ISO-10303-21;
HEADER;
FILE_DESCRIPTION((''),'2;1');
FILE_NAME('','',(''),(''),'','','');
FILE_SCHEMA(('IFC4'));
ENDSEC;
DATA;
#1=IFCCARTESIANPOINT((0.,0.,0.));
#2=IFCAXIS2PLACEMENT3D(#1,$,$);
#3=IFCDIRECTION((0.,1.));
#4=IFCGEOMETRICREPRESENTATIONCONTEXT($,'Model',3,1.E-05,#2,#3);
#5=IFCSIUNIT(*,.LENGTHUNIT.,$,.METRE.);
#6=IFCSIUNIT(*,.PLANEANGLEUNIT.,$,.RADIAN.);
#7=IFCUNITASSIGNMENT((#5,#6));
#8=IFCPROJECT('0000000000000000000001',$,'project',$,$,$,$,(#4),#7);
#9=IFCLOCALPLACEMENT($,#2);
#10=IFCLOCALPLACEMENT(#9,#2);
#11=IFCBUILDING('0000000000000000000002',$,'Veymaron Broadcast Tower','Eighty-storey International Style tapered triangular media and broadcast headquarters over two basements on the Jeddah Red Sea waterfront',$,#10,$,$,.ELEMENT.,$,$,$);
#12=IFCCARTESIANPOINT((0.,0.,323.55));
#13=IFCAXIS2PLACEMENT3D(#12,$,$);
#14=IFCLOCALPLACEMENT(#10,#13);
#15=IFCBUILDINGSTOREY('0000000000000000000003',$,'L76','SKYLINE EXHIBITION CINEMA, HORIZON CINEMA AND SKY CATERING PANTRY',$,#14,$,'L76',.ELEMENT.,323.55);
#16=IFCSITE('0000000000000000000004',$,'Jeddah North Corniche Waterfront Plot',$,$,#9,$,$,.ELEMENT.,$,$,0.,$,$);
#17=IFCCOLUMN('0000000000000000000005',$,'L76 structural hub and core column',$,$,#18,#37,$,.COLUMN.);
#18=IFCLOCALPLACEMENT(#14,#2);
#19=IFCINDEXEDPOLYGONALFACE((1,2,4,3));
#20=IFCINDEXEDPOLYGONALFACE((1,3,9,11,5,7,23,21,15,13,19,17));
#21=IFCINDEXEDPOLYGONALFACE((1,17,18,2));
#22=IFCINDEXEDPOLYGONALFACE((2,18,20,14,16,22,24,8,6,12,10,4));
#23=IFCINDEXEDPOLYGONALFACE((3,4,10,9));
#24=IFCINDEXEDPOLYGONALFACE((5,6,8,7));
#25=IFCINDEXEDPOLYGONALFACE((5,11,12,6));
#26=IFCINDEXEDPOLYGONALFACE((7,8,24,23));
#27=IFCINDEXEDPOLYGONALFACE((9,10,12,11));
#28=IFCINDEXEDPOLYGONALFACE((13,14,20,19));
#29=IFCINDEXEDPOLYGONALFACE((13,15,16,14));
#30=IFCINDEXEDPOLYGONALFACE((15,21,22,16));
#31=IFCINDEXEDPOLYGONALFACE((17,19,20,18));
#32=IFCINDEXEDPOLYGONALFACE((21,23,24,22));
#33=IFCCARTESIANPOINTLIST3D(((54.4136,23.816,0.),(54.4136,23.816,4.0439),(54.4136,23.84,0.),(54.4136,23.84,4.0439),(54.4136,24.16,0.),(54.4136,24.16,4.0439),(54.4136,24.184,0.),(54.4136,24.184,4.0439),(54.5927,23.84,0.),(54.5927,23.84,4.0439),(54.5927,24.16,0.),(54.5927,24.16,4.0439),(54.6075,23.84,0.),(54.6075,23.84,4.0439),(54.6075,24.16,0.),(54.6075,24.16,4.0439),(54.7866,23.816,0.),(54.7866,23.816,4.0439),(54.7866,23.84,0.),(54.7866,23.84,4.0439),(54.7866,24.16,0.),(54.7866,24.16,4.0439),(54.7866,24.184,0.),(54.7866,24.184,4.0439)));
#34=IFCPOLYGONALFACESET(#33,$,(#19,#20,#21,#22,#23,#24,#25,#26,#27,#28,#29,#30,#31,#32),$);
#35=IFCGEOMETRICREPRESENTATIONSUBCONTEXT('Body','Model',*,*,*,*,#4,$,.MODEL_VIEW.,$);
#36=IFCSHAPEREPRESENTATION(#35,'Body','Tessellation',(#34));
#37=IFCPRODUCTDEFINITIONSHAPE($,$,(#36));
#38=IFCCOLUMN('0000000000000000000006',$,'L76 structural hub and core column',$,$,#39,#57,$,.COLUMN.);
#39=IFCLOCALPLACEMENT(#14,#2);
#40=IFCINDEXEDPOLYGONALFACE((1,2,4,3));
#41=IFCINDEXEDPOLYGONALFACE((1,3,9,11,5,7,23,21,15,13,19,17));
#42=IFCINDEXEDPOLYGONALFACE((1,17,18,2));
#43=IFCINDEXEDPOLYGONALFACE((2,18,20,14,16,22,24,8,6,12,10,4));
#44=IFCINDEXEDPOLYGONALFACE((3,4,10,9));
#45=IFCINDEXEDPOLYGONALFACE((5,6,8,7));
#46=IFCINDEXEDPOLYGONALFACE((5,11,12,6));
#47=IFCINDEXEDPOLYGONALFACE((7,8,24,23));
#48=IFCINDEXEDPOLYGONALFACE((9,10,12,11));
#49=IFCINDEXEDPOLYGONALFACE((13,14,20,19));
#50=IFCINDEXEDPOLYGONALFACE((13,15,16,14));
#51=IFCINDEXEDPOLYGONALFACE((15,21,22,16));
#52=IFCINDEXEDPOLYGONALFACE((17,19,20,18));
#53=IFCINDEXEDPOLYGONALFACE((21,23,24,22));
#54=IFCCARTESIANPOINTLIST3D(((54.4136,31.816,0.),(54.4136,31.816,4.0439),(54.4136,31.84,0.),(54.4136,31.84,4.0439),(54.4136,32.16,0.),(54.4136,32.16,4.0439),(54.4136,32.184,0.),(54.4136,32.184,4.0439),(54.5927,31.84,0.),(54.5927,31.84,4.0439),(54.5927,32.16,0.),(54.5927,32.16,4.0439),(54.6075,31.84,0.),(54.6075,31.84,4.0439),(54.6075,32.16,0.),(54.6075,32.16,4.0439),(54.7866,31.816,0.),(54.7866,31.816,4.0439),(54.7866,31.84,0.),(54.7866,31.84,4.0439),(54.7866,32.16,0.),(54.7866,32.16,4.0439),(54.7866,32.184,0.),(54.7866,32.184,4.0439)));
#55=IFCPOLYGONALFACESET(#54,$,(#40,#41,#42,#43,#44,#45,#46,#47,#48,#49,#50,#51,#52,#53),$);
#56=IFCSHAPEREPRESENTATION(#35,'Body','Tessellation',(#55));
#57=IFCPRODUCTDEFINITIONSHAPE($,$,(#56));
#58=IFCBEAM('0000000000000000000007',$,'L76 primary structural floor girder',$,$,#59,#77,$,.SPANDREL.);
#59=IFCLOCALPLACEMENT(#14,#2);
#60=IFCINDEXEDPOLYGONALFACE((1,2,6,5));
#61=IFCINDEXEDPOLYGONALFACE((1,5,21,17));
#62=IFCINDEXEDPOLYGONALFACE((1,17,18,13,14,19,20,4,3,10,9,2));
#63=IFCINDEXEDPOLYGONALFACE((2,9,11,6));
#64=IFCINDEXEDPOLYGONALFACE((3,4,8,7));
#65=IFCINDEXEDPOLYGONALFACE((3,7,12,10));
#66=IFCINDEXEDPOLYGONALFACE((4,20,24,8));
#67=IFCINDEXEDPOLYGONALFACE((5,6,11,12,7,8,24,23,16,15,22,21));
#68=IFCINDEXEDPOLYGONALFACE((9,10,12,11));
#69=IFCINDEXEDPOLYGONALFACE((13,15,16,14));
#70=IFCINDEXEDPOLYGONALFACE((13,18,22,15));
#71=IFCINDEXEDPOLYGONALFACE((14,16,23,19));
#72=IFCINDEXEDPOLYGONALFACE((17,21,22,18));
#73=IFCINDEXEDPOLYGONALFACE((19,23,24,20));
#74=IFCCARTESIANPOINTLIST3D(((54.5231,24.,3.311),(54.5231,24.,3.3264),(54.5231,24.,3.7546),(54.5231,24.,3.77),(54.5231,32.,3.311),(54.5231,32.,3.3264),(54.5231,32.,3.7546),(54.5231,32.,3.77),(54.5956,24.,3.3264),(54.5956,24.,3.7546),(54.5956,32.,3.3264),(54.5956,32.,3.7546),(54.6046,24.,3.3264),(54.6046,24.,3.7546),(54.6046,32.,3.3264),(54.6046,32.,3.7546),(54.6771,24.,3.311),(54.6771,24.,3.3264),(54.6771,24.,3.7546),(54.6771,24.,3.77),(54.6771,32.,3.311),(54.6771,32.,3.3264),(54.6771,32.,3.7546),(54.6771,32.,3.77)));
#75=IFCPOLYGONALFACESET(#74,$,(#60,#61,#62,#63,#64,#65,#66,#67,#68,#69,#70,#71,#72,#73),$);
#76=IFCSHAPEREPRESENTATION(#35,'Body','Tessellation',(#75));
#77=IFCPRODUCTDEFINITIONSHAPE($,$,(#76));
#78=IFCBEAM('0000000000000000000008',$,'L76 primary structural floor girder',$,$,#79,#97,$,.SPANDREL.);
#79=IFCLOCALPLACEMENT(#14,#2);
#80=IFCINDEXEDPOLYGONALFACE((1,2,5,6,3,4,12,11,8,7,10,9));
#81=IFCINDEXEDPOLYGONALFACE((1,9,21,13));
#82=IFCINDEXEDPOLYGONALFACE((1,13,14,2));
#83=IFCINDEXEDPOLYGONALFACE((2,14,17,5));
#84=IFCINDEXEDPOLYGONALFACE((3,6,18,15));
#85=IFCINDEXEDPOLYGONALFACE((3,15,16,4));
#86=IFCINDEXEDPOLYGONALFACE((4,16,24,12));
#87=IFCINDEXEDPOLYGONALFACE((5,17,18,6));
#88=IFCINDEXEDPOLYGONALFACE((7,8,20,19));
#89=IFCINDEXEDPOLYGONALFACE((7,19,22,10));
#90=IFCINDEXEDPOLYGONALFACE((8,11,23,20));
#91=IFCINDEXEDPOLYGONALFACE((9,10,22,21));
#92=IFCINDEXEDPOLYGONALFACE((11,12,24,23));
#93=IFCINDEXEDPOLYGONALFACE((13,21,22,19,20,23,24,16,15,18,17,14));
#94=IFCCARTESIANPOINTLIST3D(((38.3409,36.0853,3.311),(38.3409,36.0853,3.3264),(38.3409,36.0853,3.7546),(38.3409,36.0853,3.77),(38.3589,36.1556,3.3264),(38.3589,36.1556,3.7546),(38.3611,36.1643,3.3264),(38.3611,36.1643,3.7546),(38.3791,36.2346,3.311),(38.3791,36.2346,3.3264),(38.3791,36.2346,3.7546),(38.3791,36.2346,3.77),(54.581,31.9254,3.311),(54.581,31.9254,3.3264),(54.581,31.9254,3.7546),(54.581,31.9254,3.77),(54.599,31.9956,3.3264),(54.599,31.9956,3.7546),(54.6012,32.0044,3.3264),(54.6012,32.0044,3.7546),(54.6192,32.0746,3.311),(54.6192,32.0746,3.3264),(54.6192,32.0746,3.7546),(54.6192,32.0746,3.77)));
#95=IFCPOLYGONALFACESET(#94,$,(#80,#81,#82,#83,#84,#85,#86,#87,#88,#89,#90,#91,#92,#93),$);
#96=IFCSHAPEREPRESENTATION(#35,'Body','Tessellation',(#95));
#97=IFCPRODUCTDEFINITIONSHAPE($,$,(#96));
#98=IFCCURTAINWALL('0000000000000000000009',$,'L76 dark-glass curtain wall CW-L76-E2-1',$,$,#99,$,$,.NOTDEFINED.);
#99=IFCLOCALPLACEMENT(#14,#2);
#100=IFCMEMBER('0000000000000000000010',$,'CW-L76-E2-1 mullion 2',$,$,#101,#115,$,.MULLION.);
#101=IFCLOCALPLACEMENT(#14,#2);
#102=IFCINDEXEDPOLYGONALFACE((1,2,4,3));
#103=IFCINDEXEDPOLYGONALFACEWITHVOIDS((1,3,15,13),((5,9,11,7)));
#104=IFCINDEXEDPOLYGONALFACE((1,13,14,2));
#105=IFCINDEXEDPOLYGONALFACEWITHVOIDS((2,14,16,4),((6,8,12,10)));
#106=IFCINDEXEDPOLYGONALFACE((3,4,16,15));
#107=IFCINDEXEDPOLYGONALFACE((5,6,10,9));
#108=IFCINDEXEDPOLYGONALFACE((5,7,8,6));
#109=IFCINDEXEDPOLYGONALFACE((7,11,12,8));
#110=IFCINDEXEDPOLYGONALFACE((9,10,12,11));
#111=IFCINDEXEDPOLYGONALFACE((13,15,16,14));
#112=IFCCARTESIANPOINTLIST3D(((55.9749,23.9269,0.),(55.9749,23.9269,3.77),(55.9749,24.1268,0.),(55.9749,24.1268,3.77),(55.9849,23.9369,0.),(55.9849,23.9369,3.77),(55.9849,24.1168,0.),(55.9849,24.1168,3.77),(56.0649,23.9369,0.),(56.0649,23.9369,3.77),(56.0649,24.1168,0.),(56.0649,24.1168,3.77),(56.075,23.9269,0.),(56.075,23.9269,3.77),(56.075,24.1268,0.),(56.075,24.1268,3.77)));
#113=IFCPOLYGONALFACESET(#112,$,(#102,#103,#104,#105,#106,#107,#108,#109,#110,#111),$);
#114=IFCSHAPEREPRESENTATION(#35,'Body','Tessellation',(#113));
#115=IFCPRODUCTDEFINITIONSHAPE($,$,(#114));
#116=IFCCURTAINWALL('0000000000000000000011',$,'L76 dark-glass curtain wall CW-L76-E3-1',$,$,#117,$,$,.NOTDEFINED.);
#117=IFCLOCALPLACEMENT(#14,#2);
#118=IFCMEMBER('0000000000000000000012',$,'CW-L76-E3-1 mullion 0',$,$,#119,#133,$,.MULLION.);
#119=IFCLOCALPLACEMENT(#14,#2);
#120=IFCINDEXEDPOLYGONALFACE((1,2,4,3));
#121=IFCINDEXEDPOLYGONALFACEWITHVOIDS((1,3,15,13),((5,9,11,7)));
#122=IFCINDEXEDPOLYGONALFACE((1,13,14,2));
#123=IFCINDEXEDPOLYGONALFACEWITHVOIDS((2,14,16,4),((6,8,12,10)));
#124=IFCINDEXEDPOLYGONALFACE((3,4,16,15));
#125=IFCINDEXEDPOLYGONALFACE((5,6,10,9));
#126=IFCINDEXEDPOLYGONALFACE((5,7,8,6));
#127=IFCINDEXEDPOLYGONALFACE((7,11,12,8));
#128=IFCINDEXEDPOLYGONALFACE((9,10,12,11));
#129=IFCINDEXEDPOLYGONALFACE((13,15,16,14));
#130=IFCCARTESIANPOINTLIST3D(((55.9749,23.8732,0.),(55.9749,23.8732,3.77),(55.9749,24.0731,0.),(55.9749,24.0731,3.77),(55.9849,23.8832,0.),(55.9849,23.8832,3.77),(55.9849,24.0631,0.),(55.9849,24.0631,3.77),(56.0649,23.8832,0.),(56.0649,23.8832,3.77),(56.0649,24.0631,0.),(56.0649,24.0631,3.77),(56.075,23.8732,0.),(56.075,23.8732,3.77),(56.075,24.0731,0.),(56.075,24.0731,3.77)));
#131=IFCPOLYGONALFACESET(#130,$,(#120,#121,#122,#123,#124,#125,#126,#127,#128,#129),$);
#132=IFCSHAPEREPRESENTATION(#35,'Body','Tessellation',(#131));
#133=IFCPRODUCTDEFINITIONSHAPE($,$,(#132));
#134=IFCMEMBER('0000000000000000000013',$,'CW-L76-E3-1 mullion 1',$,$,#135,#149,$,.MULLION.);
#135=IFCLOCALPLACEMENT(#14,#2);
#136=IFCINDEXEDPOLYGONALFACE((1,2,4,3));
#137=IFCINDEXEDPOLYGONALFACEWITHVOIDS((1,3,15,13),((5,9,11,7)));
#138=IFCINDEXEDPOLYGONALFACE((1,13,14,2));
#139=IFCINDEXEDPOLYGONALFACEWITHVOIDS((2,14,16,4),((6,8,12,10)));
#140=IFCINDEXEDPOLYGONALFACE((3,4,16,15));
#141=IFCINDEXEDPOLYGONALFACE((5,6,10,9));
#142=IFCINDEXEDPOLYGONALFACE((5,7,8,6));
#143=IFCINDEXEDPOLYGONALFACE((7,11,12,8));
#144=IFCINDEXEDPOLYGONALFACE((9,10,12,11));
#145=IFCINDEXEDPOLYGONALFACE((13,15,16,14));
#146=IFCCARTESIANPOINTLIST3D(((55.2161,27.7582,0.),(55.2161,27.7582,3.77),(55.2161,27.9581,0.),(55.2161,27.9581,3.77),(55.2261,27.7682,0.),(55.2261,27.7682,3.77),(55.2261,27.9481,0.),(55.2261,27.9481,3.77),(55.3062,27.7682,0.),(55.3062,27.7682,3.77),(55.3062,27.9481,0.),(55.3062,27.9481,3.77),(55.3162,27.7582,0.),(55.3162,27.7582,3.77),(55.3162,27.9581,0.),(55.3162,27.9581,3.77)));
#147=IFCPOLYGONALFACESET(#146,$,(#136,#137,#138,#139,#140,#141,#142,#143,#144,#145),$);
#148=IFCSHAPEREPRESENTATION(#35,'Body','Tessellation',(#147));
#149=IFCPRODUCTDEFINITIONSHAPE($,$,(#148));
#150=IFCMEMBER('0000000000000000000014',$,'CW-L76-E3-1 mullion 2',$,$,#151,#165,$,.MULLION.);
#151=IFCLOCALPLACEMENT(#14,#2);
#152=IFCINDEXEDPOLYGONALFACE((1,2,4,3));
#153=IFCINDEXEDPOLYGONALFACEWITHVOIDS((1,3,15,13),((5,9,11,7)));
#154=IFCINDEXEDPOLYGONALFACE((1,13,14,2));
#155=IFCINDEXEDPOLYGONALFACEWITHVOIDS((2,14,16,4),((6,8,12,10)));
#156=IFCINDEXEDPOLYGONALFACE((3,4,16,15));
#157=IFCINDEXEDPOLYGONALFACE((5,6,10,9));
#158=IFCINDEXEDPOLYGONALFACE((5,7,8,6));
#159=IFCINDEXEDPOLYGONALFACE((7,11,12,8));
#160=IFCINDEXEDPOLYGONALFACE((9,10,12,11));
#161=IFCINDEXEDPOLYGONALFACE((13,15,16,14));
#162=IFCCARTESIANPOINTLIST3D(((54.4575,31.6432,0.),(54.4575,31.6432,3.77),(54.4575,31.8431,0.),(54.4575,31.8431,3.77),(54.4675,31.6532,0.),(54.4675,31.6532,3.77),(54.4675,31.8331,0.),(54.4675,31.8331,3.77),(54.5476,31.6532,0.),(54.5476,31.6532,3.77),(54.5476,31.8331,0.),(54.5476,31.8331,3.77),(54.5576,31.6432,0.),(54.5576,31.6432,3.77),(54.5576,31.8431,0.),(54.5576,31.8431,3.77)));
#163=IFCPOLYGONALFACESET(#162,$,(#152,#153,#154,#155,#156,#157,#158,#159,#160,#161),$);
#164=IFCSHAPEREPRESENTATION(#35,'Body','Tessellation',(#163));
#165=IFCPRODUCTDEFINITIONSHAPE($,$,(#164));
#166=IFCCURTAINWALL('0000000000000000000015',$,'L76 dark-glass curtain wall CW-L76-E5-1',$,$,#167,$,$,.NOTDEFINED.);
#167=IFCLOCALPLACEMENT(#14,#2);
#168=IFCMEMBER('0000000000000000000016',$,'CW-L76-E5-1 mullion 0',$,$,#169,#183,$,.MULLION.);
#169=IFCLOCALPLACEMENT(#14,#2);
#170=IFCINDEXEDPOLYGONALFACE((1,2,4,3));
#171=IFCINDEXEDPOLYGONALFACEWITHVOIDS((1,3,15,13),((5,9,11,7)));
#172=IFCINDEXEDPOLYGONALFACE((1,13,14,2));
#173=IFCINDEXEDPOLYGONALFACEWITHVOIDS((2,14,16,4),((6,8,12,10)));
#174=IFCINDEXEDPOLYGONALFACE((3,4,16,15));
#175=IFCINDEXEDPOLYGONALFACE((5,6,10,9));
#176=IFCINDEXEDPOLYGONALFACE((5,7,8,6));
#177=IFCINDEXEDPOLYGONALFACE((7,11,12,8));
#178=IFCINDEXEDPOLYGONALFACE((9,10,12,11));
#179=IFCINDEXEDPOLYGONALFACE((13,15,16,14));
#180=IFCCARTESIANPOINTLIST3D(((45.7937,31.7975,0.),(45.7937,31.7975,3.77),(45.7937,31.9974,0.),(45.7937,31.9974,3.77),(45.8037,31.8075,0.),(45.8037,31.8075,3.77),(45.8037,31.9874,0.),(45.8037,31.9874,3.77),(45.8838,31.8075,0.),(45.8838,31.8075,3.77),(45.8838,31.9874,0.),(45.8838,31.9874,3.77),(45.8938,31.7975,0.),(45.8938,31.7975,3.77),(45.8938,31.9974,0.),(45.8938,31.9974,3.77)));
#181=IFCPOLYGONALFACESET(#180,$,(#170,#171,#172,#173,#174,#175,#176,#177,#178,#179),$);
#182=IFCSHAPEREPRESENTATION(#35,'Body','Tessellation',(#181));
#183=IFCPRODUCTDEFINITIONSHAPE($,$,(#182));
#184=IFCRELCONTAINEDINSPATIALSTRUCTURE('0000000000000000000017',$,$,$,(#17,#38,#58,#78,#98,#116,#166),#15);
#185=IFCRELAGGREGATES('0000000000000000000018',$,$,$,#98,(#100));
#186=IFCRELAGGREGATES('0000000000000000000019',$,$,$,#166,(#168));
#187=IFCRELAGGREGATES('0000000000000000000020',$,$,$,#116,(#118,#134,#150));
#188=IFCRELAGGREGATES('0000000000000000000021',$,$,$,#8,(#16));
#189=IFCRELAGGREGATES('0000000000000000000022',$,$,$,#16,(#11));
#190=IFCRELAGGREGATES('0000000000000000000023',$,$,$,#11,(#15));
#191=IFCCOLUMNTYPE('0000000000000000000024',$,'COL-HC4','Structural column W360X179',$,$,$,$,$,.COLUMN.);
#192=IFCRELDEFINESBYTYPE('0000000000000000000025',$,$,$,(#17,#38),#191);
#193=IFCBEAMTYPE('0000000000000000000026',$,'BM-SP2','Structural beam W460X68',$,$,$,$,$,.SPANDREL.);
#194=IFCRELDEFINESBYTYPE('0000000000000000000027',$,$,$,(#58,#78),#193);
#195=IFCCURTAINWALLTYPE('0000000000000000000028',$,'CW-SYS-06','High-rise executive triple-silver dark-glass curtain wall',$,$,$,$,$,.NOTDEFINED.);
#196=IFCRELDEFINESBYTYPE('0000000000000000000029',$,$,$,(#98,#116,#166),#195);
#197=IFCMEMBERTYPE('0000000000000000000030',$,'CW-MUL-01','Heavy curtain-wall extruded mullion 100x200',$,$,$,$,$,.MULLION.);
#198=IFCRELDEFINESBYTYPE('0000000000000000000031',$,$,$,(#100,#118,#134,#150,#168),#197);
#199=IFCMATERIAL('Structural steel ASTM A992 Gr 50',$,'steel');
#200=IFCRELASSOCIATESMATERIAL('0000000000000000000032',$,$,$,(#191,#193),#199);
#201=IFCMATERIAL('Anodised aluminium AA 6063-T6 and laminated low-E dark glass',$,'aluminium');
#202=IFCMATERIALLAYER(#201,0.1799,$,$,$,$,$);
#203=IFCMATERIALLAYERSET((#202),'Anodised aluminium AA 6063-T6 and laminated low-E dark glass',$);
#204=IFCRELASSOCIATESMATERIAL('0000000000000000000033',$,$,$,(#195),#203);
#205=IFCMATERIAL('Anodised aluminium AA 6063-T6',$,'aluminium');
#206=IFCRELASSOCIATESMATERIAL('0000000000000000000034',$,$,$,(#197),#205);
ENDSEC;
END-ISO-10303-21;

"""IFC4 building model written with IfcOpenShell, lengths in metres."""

from ifc_helpers import new_model, si_unit, direction, frame, origin, origin_2d, place, context, subcontext, project, spatial, hollow_rectangle, i_section, extrude, material, layer, layer_set, material_profile, profile_set, type_object, element, aggregate, save


model = new_model("IFC4")

# Units and contexts
model_context = context("Model", 3, precision=1e-05, world=origin(), true_north=direction((0.0, 1.0)))
body_context = subcontext(model_context, "Body", "Model", "MODEL_VIEW")
ifc_project = project(units=[si_unit("LENGTHUNIT", "METRE"), si_unit("PLANEANGLEUNIT", "RADIAN")], contexts=[model_context])

# Site, building, storey
site_placement = place(None, origin())
site = spatial("IfcSite", under=ifc_project, at=site_placement, Name="Jeddah North Corniche Waterfront Plot", CompositionType="ELEMENT", RefElevation=0.0)
building_placement = place(site_placement, origin())
building = spatial("IfcBuilding", under=site, at=building_placement, Name="Veymaron Broadcast Tower", Description="Eighty-storey International Style tapered triangular media and broadcast headquarters over two basements on the Jeddah Red Sea waterfront", CompositionType="ELEMENT")
storey_placement = place(building_placement, frame((0.0, 0.0, 323.55)))
storey = spatial("IfcBuildingStorey", under=building, at=storey_placement, Name="L76", Description="SKYLINE EXHIBITION CINEMA, HORIZON CINEMA AND SKY CATERING PANTRY", LongName="L76", CompositionType="ELEMENT", Elevation=323.55)

# Columns
ifc_material_1 = material(Name="Structural steel ASTM A992 Gr 50", Category="steel")
ifc_material_profile_1 = material_profile(ifc_material_1, i_section(OverallWidth=0.373, OverallDepth=0.3679, WebThickness=0.0149, FlangeThickness=0.0239, at=origin_2d()), Name="W360X179")
ifc_profile_set_1 = profile_set([ifc_material_profile_1], Name="Structural steel ASTM A992 Gr 50")
column_type = type_object("IfcColumnType", Name="COL-HC4", Description="Structural column W360X179", PredefinedType="COLUMN", material=ifc_profile_set_1)
for number, where, z_axis, x_axis, name in (
    (1, (54.6001, 24.0, 0.0), (0.0, 0.0, 1.0), (1.0, 0.0, 0.0), "L76 structural hub and core column"),
    (2, (54.6001, 32.0, 0.0), (0.0, 0.0, 1.0), (1.0, 0.0, 0.0), "L76 structural hub and core column"),
):
    element("IfcColumn", number, at=place(storey_placement, frame(where, z_axis=z_axis, x_axis=x_axis)), inside=storey, type_object=column_type, Name=name, PredefinedType="COLUMN", context=body_context, shape_type="SweptSolid", body=[
        extrude(i_section(OverallWidth=0.373, OverallDepth=0.3679, WebThickness=0.0149, FlangeThickness=0.0239, at=origin_2d()), origin(), (0.0, 0.0, 1.0), 4.0439),
    ])

# Beams
ifc_material_profile_2 = material_profile(ifc_material_1, i_section(OverallWidth=0.1541, OverallDepth=0.459, WebThickness=0.009, FlangeThickness=0.0154, at=origin_2d()), Name="W460X68")
ifc_profile_set_2 = profile_set([ifc_material_profile_2], Name="Structural steel ASTM A992 Gr 50")
beam_type = type_object("IfcBeamType", Name="BM-SP2", Description="Structural beam W460X68", PredefinedType="SPANDREL", material=ifc_profile_set_2)
beam_1_placement = place(storey_placement, frame((54.6001, 24.0, 3.5405), z_axis=(0.0, 1.0, 0.0), x_axis=(-1.0, 0.0, 0.0)))
element("IfcBeam", 3, at=beam_1_placement, inside=storey, type_object=beam_type, Name="L76 primary structural floor girder", PredefinedType="SPANDREL", context=body_context, shape_type="SweptSolid", body=[
    extrude(i_section(OverallWidth=0.1541, OverallDepth=0.459, WebThickness=0.009, FlangeThickness=0.0154, at=origin_2d()), origin(), (0.0, 0.0, 1.0), 8.0),
])
beam_2_placement = place(storey_placement, frame((54.6001, 32.0, 3.5405), z_axis=(-0.968724, 0.248141, 0.0), x_axis=(-0.248141, -0.968724, 0.0)))
element("IfcBeam", 4, at=beam_2_placement, inside=storey, type_object=beam_type, Name="L76 primary structural floor girder", PredefinedType="SPANDREL", context=body_context, shape_type="SweptSolid", body=[
    extrude(i_section(OverallWidth=0.1541, OverallDepth=0.459, WebThickness=0.009, FlangeThickness=0.0154, at=origin_2d()), origin(), (0.0, 0.0, 1.0), 16.7644),
])

# Curtain wall, member
ifc_material_2 = material(Name="Anodised aluminium AA 6063-T6 and laminated low-E dark glass", Category="aluminium")
ifc_layer_1 = layer(ifc_material_2, 0.1799)
ifc_layer_set_1 = layer_set([ifc_layer_1], Name="Anodised aluminium AA 6063-T6 and laminated low-E dark glass")
curtain_wall_type = type_object("IfcCurtainWallType", Name="CW-SYS-06", Description="High-rise executive triple-silver dark-glass curtain wall", PredefinedType="NOTDEFINED", material=ifc_layer_set_1)
curtain_wall_1_placement = place(storey_placement, origin())
curtain_wall_1 = element("IfcCurtainWall", 5, at=curtain_wall_1_placement, inside=storey, type_object=curtain_wall_type, Name="L76 dark-glass curtain wall CW-L76-E2-1", PredefinedType="NOTDEFINED")
ifc_material_3 = material(Name="Anodised aluminium AA 6063-T6", Category="aluminium")
ifc_material_profile_3 = material_profile(ifc_material_3, hollow_rectangle(XDim=0.1001, YDim=0.2, WallThickness=0.01, at=origin_2d()), Name="RHS200X100X10")
ifc_profile_set_3 = profile_set([ifc_material_profile_3], Name="Anodised aluminium AA 6063-T6")
member_type_1 = type_object("IfcMemberType", Name="CW-MUL-01", Description="Heavy curtain-wall extruded mullion 100x200", PredefinedType="MULLION", material=ifc_profile_set_3)
member_1_placement = place(storey_placement, frame((56.0249, 24.0269, 0.0), z_axis=(0.0, 0.0, 1.0), x_axis=(1.0, 0.0, 0.0)))
member_1 = element("IfcMember", 6, at=member_1_placement, type_object=member_type_1, Name="CW-L76-E2-1 mullion 2", PredefinedType="MULLION", context=body_context, shape_type="SweptSolid", body=[
    extrude(hollow_rectangle(XDim=0.1001, YDim=0.2, WallThickness=0.01, at=origin_2d()), origin(), (0.0, 0.0, 1.0), 3.77),
])
aggregate(curtain_wall_1, [member_1])

# Curtain wall, members
curtain_wall_2_placement = place(storey_placement, origin())
curtain_wall_2 = element("IfcCurtainWall", 7, at=curtain_wall_2_placement, inside=storey, type_object=curtain_wall_type, Name="L76 dark-glass curtain wall CW-L76-E3-1", PredefinedType="NOTDEFINED")
member_2_placement = place(storey_placement, frame((56.0249, 23.9731, 0.0), z_axis=(0.0, 0.0, 1.0), x_axis=(1.0, 0.0, 0.0)))
member_2 = element("IfcMember", 8, at=member_2_placement, type_object=member_type_1, Name="CW-L76-E3-1 mullion 0", PredefinedType="MULLION", context=body_context, shape_type="SweptSolid", body=[
    extrude(hollow_rectangle(XDim=0.1001, YDim=0.2, WallThickness=0.01, at=origin_2d()), origin(), (0.0, 0.0, 1.0), 3.77),
])
member_3_placement = place(storey_placement, frame((55.2661, 27.8582, 0.0), z_axis=(0.0, 0.0, 1.0), x_axis=(1.0, 0.0, 0.0)))
member_3 = element("IfcMember", 9, at=member_3_placement, type_object=member_type_1, Name="CW-L76-E3-1 mullion 1", PredefinedType="MULLION", context=body_context, shape_type="SweptSolid", body=[
    extrude(hollow_rectangle(XDim=0.1001, YDim=0.2, WallThickness=0.01, at=origin_2d()), origin(), (0.0, 0.0, 1.0), 3.77),
])
member_4_placement = place(storey_placement, frame((54.5076, 31.7432, 0.0), z_axis=(0.0, 0.0, 1.0), x_axis=(1.0, 0.0, 0.0)))
member_4 = element("IfcMember", 10, at=member_4_placement, type_object=member_type_1, Name="CW-L76-E3-1 mullion 2", PredefinedType="MULLION", context=body_context, shape_type="SweptSolid", body=[
    extrude(hollow_rectangle(XDim=0.1001, YDim=0.2, WallThickness=0.01, at=origin_2d()), origin(), (0.0, 0.0, 1.0), 3.77),
])

# Curtain wall, member
curtain_wall_3_placement = place(storey_placement, origin())
curtain_wall_3 = element("IfcCurtainWall", 11, at=curtain_wall_3_placement, inside=storey, type_object=curtain_wall_type, Name="L76 dark-glass curtain wall CW-L76-E5-1", PredefinedType="NOTDEFINED")
member_5_placement = place(storey_placement, frame((45.8438, 31.8975, 0.0), z_axis=(0.0, 0.0, 1.0), x_axis=(1.0, 0.0, 0.0)))
member_5 = element("IfcMember", 12, at=member_5_placement, type_object=member_type_1, Name="CW-L76-E5-1 mullion 0", PredefinedType="MULLION", context=body_context, shape_type="SweptSolid", body=[
    extrude(hollow_rectangle(XDim=0.1001, YDim=0.2, WallThickness=0.01, at=origin_2d()), origin(), (0.0, 0.0, 1.0), 3.77),
])

aggregate(curtain_wall_3, [member_5])

aggregate(curtain_wall_2, [member_2, member_3, member_4])

save(model, "model.ifc")
